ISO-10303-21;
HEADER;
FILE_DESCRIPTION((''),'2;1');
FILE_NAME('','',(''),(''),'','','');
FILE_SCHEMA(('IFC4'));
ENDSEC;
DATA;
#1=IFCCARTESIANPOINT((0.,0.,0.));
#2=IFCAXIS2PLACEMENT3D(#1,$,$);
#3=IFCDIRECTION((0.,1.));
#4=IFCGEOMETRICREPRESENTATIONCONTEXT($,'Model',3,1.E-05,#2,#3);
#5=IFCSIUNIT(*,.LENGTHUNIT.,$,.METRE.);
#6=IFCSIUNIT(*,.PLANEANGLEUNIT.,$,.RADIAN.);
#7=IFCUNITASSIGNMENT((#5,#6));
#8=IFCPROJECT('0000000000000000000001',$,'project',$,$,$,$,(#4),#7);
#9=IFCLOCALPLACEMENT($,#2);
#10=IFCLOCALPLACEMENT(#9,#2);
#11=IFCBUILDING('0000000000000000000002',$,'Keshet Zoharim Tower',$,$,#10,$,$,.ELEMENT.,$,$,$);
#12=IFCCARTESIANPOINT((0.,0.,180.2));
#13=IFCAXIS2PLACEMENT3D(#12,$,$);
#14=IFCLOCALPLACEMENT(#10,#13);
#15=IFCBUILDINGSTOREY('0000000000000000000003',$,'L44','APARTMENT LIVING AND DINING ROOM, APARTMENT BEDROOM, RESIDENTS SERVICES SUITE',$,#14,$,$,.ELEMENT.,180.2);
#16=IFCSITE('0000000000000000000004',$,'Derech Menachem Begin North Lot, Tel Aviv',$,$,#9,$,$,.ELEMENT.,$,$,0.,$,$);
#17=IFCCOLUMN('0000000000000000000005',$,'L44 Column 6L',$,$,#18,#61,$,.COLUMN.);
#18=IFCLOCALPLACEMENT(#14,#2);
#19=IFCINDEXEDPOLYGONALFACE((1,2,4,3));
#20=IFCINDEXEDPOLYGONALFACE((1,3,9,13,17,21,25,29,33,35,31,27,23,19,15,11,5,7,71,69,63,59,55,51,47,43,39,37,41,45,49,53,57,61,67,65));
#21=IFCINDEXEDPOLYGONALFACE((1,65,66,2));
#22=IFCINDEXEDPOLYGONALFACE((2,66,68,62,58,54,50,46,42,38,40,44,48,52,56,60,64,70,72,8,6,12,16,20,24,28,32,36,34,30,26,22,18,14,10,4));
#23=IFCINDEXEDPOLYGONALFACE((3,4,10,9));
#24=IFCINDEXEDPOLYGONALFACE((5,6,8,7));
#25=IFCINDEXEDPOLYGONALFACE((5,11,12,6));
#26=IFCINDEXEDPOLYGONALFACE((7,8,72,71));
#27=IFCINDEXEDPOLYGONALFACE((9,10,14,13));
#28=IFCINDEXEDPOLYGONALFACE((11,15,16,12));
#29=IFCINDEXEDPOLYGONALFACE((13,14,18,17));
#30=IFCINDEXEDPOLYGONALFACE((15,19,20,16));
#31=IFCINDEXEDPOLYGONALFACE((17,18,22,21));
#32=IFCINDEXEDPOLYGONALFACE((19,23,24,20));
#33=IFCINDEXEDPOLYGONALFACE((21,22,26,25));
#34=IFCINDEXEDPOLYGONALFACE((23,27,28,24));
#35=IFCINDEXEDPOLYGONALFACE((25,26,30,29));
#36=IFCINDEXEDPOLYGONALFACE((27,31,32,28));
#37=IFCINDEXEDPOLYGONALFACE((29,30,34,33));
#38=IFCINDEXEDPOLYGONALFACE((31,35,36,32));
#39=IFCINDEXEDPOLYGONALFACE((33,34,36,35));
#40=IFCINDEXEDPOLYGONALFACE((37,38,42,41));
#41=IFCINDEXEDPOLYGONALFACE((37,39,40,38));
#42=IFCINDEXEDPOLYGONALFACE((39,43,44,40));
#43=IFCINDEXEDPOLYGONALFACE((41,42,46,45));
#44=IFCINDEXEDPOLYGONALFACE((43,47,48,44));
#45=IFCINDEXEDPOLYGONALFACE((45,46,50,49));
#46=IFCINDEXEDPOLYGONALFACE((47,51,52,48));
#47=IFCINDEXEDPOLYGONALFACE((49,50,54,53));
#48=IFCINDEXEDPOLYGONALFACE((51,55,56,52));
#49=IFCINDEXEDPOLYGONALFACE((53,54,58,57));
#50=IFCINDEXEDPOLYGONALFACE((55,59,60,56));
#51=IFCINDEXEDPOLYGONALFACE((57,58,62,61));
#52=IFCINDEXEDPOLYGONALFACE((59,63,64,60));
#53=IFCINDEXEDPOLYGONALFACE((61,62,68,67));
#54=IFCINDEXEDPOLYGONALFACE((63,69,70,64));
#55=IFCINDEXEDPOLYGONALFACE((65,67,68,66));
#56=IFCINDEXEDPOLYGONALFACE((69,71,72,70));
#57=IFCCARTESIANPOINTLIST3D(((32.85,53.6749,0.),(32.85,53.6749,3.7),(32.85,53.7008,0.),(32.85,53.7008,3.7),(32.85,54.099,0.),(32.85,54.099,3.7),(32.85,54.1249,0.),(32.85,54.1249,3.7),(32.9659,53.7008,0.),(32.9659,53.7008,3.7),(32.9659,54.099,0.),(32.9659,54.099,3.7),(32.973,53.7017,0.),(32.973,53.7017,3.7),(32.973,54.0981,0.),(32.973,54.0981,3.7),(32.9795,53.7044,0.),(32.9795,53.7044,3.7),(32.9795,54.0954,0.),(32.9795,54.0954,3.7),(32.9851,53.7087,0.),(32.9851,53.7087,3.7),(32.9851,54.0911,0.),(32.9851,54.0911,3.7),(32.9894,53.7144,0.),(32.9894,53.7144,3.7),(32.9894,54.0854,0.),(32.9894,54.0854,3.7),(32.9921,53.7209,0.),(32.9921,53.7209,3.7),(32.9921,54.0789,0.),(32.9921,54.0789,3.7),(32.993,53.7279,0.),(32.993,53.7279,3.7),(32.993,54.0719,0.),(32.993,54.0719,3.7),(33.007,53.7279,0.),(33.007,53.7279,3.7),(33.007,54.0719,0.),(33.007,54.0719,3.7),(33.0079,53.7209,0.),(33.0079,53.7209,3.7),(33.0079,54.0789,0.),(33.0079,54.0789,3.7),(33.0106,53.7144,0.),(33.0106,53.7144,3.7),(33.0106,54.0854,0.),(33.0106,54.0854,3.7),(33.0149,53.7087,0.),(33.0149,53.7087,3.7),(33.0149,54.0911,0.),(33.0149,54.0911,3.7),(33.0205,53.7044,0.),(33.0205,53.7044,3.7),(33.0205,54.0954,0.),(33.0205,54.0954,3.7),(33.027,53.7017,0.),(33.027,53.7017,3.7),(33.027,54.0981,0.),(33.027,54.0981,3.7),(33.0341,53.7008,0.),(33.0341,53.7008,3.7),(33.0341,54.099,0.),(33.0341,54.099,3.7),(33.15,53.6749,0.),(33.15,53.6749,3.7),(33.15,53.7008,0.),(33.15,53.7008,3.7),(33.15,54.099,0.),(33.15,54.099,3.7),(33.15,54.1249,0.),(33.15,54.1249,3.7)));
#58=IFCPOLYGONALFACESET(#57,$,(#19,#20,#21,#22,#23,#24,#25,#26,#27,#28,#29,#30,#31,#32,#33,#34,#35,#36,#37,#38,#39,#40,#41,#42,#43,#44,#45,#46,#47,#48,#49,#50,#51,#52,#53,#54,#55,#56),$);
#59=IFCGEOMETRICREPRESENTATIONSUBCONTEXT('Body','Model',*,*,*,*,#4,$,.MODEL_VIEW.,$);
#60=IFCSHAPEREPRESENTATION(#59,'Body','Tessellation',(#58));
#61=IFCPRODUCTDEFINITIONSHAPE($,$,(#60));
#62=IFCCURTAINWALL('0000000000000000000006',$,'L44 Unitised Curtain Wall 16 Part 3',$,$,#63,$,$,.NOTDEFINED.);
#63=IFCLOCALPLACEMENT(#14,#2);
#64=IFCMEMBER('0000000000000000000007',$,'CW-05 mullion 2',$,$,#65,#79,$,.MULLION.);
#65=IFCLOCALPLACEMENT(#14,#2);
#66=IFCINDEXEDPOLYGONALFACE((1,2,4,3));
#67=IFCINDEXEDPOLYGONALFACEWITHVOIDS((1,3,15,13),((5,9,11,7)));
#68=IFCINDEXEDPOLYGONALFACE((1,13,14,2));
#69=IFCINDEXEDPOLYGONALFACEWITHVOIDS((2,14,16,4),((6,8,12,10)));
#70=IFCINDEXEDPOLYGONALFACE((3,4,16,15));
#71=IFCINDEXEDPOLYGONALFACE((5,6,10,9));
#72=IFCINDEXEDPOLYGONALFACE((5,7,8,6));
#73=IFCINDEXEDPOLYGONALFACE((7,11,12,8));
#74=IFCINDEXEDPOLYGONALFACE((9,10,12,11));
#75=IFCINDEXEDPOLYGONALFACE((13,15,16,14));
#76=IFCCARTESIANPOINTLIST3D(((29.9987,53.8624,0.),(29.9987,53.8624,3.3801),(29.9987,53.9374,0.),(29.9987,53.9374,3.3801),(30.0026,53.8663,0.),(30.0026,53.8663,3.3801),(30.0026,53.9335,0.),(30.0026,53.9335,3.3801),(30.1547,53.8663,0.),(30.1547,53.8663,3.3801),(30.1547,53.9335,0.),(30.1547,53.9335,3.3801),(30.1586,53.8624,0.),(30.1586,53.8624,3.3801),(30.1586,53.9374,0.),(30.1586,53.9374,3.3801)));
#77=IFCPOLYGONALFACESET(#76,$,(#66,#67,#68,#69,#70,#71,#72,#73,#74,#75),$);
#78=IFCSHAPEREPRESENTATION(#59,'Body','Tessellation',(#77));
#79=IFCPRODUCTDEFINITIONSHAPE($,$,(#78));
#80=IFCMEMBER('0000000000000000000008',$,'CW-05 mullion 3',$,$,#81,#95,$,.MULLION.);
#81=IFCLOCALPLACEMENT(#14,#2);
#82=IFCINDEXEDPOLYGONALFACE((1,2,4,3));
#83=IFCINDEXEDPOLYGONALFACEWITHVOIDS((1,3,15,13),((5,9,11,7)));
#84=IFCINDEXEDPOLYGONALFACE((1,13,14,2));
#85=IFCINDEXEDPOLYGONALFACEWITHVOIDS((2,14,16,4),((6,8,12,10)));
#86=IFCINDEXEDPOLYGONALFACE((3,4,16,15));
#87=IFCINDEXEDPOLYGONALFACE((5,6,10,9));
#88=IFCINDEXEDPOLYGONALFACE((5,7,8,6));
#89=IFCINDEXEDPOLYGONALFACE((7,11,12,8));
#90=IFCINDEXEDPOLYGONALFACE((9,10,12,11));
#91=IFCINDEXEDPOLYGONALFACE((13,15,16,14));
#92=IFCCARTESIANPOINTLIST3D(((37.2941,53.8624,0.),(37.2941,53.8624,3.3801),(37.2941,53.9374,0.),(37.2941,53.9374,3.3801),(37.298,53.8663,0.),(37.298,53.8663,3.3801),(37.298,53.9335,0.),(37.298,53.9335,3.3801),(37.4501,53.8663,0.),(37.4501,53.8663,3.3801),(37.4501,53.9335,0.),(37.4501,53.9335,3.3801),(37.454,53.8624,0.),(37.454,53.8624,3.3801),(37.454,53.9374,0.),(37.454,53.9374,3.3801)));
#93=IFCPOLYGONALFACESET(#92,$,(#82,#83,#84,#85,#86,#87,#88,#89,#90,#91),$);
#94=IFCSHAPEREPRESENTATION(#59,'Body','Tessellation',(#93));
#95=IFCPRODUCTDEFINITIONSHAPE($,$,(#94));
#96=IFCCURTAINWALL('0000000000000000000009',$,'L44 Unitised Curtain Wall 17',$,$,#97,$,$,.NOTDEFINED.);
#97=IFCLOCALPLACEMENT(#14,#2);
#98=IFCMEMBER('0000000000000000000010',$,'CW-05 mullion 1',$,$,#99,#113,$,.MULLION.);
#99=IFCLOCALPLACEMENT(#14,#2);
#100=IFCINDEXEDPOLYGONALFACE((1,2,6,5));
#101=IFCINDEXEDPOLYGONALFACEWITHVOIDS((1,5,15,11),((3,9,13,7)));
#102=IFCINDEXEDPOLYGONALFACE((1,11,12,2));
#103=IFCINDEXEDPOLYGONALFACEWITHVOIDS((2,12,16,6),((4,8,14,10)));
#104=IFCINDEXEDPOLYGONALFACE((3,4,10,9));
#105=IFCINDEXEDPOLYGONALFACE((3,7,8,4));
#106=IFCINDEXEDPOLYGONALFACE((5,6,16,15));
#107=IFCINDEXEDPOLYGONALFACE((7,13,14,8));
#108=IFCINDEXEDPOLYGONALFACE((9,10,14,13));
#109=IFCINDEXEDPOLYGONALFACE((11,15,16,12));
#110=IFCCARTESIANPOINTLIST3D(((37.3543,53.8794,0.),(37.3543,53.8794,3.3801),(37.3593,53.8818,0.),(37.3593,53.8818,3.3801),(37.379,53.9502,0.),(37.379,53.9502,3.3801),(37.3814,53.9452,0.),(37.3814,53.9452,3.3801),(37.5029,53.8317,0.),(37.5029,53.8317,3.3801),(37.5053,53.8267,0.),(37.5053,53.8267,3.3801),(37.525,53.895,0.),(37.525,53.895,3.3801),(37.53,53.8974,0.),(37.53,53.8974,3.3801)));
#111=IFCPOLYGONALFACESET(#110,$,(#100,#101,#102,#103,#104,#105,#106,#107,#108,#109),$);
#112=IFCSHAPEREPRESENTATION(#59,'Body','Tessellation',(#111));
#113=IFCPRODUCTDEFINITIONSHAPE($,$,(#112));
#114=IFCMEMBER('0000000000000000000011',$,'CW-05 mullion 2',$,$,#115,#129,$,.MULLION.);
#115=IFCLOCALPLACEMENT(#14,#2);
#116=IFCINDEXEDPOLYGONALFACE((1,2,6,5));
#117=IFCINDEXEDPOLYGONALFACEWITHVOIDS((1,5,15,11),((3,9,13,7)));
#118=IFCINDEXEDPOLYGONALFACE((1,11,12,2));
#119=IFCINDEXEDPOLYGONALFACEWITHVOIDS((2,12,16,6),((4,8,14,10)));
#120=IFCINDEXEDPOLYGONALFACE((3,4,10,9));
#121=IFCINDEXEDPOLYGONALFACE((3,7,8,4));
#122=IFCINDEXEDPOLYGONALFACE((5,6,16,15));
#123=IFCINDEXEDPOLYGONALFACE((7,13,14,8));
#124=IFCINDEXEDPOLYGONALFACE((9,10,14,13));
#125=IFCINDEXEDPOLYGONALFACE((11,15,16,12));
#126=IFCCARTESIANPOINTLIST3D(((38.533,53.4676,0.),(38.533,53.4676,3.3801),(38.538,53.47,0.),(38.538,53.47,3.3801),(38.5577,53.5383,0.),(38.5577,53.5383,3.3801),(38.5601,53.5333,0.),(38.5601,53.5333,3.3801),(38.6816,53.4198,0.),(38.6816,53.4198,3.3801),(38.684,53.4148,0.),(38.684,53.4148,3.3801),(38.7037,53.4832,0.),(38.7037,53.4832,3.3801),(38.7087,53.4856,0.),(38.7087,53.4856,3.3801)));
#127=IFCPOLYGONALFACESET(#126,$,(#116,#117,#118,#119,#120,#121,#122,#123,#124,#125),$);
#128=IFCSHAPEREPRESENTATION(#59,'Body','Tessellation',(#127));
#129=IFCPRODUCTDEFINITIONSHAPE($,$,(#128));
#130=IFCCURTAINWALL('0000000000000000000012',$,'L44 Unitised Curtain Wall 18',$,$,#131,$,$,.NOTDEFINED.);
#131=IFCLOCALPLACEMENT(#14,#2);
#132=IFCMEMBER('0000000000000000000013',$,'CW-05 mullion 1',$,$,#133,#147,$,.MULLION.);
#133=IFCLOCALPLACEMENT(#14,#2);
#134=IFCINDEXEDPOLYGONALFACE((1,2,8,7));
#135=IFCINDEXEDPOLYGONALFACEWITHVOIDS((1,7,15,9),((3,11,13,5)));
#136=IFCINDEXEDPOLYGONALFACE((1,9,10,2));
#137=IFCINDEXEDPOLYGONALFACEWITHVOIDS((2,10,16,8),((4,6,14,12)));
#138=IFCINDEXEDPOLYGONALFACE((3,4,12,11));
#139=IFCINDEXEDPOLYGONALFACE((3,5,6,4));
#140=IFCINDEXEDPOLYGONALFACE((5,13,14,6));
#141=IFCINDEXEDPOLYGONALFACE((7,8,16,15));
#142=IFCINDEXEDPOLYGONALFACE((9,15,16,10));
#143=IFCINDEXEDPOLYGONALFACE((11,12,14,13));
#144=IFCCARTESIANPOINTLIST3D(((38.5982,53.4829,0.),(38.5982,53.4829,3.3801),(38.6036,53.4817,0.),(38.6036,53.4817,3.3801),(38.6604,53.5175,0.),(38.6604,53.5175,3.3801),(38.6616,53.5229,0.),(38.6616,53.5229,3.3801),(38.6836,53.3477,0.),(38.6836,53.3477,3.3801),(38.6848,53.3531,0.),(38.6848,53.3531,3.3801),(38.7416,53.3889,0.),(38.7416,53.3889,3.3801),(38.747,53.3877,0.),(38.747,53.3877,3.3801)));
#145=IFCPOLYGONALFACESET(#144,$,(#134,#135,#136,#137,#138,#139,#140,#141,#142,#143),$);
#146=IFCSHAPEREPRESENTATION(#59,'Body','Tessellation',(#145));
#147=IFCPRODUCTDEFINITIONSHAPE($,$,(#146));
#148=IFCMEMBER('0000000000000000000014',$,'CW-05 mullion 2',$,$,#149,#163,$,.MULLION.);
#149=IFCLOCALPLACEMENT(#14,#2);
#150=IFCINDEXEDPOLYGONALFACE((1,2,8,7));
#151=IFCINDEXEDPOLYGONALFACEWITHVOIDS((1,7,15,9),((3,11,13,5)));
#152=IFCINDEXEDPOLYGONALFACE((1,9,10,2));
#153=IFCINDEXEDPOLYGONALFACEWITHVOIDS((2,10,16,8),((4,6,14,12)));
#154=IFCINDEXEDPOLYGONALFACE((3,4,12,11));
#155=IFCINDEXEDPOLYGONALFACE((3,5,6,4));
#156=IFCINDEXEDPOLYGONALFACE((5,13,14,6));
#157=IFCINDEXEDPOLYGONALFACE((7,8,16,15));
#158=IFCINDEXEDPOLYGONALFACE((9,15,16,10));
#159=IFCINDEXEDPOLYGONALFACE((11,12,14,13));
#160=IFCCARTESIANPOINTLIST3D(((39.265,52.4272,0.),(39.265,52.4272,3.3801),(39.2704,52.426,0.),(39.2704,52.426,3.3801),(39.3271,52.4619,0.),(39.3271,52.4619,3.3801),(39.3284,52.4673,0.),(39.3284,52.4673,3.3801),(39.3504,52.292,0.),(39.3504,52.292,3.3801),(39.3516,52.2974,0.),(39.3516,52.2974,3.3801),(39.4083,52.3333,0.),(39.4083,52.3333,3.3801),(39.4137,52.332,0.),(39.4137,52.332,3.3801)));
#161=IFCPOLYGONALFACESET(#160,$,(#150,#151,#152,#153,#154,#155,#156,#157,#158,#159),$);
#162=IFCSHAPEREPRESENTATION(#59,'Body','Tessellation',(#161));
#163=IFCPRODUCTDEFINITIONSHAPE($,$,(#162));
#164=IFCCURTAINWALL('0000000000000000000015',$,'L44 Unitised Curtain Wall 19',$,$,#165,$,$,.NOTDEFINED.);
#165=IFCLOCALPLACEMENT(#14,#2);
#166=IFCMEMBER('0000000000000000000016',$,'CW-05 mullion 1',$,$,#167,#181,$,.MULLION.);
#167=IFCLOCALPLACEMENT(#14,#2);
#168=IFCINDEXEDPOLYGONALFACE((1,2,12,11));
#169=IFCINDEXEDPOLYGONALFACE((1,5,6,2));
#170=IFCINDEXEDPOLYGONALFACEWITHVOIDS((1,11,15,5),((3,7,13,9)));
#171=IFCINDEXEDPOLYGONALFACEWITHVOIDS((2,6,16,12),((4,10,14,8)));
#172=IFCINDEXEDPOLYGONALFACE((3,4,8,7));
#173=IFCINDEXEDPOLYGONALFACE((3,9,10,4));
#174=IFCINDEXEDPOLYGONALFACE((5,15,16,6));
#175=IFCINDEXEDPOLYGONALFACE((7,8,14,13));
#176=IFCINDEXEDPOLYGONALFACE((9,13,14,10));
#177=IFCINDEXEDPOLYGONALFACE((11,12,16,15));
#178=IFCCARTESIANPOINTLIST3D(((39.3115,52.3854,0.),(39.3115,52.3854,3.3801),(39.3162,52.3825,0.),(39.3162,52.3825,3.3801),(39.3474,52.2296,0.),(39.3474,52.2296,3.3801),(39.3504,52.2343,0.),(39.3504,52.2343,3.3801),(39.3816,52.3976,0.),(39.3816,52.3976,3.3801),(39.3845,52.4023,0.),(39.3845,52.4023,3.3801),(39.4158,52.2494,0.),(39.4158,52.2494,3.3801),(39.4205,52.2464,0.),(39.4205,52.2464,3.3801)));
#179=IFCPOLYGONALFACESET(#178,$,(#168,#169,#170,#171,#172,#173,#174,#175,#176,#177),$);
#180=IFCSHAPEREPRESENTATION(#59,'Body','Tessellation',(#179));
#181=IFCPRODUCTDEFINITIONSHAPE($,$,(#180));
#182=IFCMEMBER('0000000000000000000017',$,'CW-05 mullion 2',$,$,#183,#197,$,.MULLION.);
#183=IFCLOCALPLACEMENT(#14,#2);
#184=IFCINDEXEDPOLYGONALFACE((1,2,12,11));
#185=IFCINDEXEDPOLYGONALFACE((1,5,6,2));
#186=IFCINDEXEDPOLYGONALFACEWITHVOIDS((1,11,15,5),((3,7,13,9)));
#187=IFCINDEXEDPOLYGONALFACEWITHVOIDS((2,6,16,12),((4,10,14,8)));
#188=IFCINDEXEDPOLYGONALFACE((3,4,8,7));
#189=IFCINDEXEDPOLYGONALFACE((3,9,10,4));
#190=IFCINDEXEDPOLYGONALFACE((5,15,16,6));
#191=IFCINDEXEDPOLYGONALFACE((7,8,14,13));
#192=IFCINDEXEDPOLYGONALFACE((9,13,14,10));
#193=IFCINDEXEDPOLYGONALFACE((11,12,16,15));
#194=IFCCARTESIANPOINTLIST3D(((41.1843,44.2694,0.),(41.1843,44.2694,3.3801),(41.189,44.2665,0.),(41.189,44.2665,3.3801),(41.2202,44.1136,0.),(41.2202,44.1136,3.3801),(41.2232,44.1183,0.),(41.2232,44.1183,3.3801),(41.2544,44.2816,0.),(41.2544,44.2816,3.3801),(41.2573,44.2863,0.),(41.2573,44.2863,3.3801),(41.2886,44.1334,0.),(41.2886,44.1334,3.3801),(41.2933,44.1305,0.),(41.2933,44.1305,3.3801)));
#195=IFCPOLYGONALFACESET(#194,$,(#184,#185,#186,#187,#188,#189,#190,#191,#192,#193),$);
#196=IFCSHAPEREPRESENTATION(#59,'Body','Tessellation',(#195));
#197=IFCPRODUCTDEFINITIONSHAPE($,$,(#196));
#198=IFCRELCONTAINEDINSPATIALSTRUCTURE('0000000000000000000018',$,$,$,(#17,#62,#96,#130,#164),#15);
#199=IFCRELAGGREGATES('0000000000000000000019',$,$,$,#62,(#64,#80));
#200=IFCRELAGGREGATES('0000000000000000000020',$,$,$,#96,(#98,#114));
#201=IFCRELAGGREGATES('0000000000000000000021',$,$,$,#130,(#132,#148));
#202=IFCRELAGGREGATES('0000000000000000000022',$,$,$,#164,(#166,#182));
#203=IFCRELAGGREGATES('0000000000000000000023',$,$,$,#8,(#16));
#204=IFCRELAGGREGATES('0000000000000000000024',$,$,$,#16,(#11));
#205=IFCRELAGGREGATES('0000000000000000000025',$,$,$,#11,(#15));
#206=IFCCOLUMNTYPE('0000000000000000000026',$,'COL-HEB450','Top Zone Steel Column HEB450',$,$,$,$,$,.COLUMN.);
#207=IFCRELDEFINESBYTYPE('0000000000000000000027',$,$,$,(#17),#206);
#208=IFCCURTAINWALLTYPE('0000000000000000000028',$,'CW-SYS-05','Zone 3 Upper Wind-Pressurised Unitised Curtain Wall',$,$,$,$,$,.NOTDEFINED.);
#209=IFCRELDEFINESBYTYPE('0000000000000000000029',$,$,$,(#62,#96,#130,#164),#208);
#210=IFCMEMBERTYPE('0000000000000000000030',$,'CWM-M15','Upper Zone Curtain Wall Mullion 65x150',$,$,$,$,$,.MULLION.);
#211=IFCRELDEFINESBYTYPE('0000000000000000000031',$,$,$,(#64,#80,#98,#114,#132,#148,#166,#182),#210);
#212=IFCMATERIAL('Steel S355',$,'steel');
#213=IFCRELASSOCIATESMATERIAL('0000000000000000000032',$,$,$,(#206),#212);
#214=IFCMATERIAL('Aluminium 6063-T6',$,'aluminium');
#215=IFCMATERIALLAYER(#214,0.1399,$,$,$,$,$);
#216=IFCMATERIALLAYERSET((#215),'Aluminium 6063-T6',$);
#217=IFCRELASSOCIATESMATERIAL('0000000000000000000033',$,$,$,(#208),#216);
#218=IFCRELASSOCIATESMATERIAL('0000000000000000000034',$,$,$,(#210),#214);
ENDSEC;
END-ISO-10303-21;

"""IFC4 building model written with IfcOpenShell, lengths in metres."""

from ifc_helpers import new_model, si_unit, direction, frame, origin, origin_2d, place, context, subcontext, project, spatial, hollow_rectangle, i_section, extrude, material, layer, layer_set, material_profile, profile_set, type_object, element, aggregate, save


model = new_model("IFC4")

# Units and contexts
model_context = context("Model", 3, precision=1e-05, world=origin(), true_north=direction((0.0, 1.0)))
body_context = subcontext(model_context, "Body", "Model", "MODEL_VIEW")
ifc_project = project(units=[si_unit("LENGTHUNIT", "METRE"), si_unit("PLANEANGLEUNIT", "RADIAN")], contexts=[model_context])

# Site, building, storey
site_placement = place(None, origin())
site = spatial("IfcSite", under=ifc_project, at=site_placement, Name="Derech Menachem Begin North Lot, Tel Aviv", CompositionType="ELEMENT", RefElevation=0.0)
building_placement = place(site_placement, origin())
building = spatial("IfcBuilding", under=site, at=building_placement, Name="Keshet Zoharim Tower", CompositionType="ELEMENT")
storey_placement = place(building_placement, frame((0.0, 0.0, 180.2)))
storey = spatial("IfcBuildingStorey", under=building, at=storey_placement, Name="L44", Description="APARTMENT LIVING AND DINING ROOM, APARTMENT BEDROOM, RESIDENTS SERVICES SUITE", CompositionType="ELEMENT", Elevation=180.2)

# Column
ifc_material_1 = material(Name="Steel S355", Category="steel")
ifc_material_profile_1 = material_profile(ifc_material_1, i_section(OverallWidth=0.3, OverallDepth=0.45, WebThickness=0.0139, FlangeThickness=0.0259, FilletRadius=0.0271, at=origin_2d()), Name="HEB450")
ifc_profile_set_1 = profile_set([ifc_material_profile_1], Name="Steel S355")
column_type = type_object("IfcColumnType", Name="COL-HEB450", Description="Top Zone Steel Column HEB450", PredefinedType="COLUMN", material=ifc_profile_set_1)
column_placement = place(storey_placement, frame((33.0, 53.8999, 0.0), z_axis=(0.0, 0.0, 1.0), x_axis=(1.0, 0.0, 0.0)))
element("IfcColumn", 1, at=column_placement, inside=storey, type_object=column_type, Name="L44 Column 6L", PredefinedType="COLUMN", context=body_context, shape_type="SweptSolid", body=[
    extrude(i_section(OverallWidth=0.3, OverallDepth=0.45, WebThickness=0.0139, FlangeThickness=0.0259, FilletRadius=0.0271, at=origin_2d()), origin(), (0.0, 0.0, 1.0), 3.7),
])

# Curtain walls, members
ifc_material_2 = material(Name="Aluminium 6063-T6", Category="aluminium")
ifc_layer_1 = layer(ifc_material_2, 0.1399)
ifc_layer_set_1 = layer_set([ifc_layer_1], Name="Aluminium 6063-T6")
curtain_wall_type = type_object("IfcCurtainWallType", Name="CW-SYS-05", Description="Zone 3 Upper Wind-Pressurised Unitised Curtain Wall", PredefinedType="NOTDEFINED", material=ifc_layer_set_1)
curtain_wall_1_placement = place(storey_placement, origin())
curtain_wall_1 = element("IfcCurtainWall", 2, at=curtain_wall_1_placement, inside=storey, type_object=curtain_wall_type, Name="L44 Unitised Curtain Wall 16 Part 3", PredefinedType="NOTDEFINED")
ifc_material_profile_2 = material_profile(ifc_material_2, hollow_rectangle(XDim=0.075, YDim=0.1599, WallThickness=0.0039, at=origin_2d()), Name="MUL-75x160")
ifc_profile_set_2 = profile_set([ifc_material_profile_2], Name="Aluminium 6063-T6")
member_type_1 = type_object("IfcMemberType", Name="CWM-M15", Description="Upper Zone Curtain Wall Mullion 65x150", PredefinedType="MULLION", material=ifc_profile_set_2)
member_1_placement = place(storey_placement, frame((30.0786, 53.8999, 0.0), z_axis=(0.0, 0.0, 1.0), x_axis=(0.0, 1.0, 0.0)))
member_1 = element("IfcMember", 3, at=member_1_placement, type_object=member_type_1, Name="CW-05 mullion 2", PredefinedType="MULLION", context=body_context, shape_type="SweptSolid", body=[
    extrude(hollow_rectangle(XDim=0.075, YDim=0.1599, WallThickness=0.0039, at=origin_2d()), origin(), (0.0, 0.0, 1.0), 3.3801),
])
member_2_placement = place(storey_placement, frame((37.374, 53.8999, 0.0), z_axis=(0.0, 0.0, 1.0), x_axis=(0.0, 1.0, 0.0)))
member_2 = element("IfcMember", 4, at=member_2_placement, type_object=member_type_1, Name="CW-05 mullion 3", PredefinedType="MULLION", context=body_context, shape_type="SweptSolid", body=[
    extrude(hollow_rectangle(XDim=0.075, YDim=0.1599, WallThickness=0.0039, at=origin_2d()), origin(), (0.0, 0.0, 1.0), 3.3801),
])
curtain_wall_2_placement = place(storey_placement, origin())
curtain_wall_2 = element("IfcCurtainWall", 5, at=curtain_wall_2_placement, inside=storey, type_object=curtain_wall_type, Name="L44 Unitised Curtain Wall 17", PredefinedType="NOTDEFINED")
member_3_placement = place(storey_placement, frame((37.4421, 53.8884, 0.0), z_axis=(0.0, 0.0, 1.0), x_axis=(0.329844, 0.944036, 0.0)))
member_3 = element("IfcMember", 6, at=member_3_placement, type_object=member_type_1, Name="CW-05 mullion 1", PredefinedType="MULLION", context=body_context, shape_type="SweptSolid", body=[
    extrude(hollow_rectangle(XDim=0.075, YDim=0.1599, WallThickness=0.0039, at=origin_2d()), origin(), (0.0, 0.0, 1.0), 3.3801),
])
member_4_placement = place(storey_placement, frame((38.6208, 53.4766, 0.0), z_axis=(0.0, 0.0, 1.0), x_axis=(0.329844, 0.944036, 0.0)))
member_4 = element("IfcMember", 7, at=member_4_placement, type_object=member_type_1, Name="CW-05 mullion 2", PredefinedType="MULLION", context=body_context, shape_type="SweptSolid", body=[
    extrude(hollow_rectangle(XDim=0.075, YDim=0.1599, WallThickness=0.0039, at=origin_2d()), origin(), (0.0, 0.0, 1.0), 3.3801),
])
curtain_wall_3_placement = place(storey_placement, origin())
curtain_wall_3 = element("IfcCurtainWall", 8, at=curtain_wall_3_placement, inside=storey, type_object=curtain_wall_type, Name="L44 Unitised Curtain Wall 18", PredefinedType="NOTDEFINED")
member_5_placement = place(storey_placement, frame((38.6726, 53.4353, 0.0), z_axis=(0.0, 0.0, 1.0), x_axis=(0.845561, 0.533879, 0.0)))
member_5 = element("IfcMember", 9, at=member_5_placement, type_object=member_type_1, Name="CW-05 mullion 1", PredefinedType="MULLION", context=body_context, shape_type="SweptSolid", body=[
    extrude(hollow_rectangle(XDim=0.075, YDim=0.1599, WallThickness=0.0039, at=origin_2d()), origin(), (0.0, 0.0, 1.0), 3.3801),
])
member_6_placement = place(storey_placement, frame((39.3394, 52.3796, 0.0), z_axis=(0.0, 0.0, 1.0), x_axis=(0.845561, 0.533879, 0.0)))
member_6 = element("IfcMember", 10, at=member_6_placement, type_object=member_type_1, Name="CW-05 mullion 2", PredefinedType="MULLION", context=body_context, shape_type="SweptSolid", body=[
    extrude(hollow_rectangle(XDim=0.075, YDim=0.1599, WallThickness=0.0039, at=origin_2d()), origin(), (0.0, 0.0, 1.0), 3.3801),
])
curtain_wall_4_placement = place(storey_placement, origin())
curtain_wall_4 = element("IfcCurtainWall", 11, at=curtain_wall_4_placement, inside=storey, type_object=curtain_wall_type, Name="L44 Unitised Curtain Wall 19", PredefinedType="NOTDEFINED")
member_7_placement = place(storey_placement, frame((39.366, 52.3159, 0.0), z_axis=(0.0, 0.0, 1.0), x_axis=(0.974394, 0.224848, 0.0)))
member_7 = element("IfcMember", 12, at=member_7_placement, type_object=member_type_1, Name="CW-05 mullion 1", PredefinedType="MULLION", context=body_context, shape_type="SweptSolid", body=[
    extrude(hollow_rectangle(XDim=0.075, YDim=0.1599, WallThickness=0.0039, at=origin_2d()), origin(), (0.0, 0.0, 1.0), 3.3801),
])
member_8_placement = place(storey_placement, frame((41.2388, 44.2, 0.0), z_axis=(0.0, 0.0, 1.0), x_axis=(0.974394, 0.224848, 0.0)))
member_8 = element("IfcMember", 13, at=member_8_placement, type_object=member_type_1, Name="CW-05 mullion 2", PredefinedType="MULLION", context=body_context, shape_type="SweptSolid", body=[
    extrude(hollow_rectangle(XDim=0.075, YDim=0.1599, WallThickness=0.0039, at=origin_2d()), origin(), (0.0, 0.0, 1.0), 3.3801),
])

aggregate(curtain_wall_1, [member_1, member_2])
aggregate(curtain_wall_2, [member_3, member_4])
aggregate(curtain_wall_3, [member_5, member_6])
aggregate(curtain_wall_4, [member_7, member_8])

save(model, "model.ifc")
